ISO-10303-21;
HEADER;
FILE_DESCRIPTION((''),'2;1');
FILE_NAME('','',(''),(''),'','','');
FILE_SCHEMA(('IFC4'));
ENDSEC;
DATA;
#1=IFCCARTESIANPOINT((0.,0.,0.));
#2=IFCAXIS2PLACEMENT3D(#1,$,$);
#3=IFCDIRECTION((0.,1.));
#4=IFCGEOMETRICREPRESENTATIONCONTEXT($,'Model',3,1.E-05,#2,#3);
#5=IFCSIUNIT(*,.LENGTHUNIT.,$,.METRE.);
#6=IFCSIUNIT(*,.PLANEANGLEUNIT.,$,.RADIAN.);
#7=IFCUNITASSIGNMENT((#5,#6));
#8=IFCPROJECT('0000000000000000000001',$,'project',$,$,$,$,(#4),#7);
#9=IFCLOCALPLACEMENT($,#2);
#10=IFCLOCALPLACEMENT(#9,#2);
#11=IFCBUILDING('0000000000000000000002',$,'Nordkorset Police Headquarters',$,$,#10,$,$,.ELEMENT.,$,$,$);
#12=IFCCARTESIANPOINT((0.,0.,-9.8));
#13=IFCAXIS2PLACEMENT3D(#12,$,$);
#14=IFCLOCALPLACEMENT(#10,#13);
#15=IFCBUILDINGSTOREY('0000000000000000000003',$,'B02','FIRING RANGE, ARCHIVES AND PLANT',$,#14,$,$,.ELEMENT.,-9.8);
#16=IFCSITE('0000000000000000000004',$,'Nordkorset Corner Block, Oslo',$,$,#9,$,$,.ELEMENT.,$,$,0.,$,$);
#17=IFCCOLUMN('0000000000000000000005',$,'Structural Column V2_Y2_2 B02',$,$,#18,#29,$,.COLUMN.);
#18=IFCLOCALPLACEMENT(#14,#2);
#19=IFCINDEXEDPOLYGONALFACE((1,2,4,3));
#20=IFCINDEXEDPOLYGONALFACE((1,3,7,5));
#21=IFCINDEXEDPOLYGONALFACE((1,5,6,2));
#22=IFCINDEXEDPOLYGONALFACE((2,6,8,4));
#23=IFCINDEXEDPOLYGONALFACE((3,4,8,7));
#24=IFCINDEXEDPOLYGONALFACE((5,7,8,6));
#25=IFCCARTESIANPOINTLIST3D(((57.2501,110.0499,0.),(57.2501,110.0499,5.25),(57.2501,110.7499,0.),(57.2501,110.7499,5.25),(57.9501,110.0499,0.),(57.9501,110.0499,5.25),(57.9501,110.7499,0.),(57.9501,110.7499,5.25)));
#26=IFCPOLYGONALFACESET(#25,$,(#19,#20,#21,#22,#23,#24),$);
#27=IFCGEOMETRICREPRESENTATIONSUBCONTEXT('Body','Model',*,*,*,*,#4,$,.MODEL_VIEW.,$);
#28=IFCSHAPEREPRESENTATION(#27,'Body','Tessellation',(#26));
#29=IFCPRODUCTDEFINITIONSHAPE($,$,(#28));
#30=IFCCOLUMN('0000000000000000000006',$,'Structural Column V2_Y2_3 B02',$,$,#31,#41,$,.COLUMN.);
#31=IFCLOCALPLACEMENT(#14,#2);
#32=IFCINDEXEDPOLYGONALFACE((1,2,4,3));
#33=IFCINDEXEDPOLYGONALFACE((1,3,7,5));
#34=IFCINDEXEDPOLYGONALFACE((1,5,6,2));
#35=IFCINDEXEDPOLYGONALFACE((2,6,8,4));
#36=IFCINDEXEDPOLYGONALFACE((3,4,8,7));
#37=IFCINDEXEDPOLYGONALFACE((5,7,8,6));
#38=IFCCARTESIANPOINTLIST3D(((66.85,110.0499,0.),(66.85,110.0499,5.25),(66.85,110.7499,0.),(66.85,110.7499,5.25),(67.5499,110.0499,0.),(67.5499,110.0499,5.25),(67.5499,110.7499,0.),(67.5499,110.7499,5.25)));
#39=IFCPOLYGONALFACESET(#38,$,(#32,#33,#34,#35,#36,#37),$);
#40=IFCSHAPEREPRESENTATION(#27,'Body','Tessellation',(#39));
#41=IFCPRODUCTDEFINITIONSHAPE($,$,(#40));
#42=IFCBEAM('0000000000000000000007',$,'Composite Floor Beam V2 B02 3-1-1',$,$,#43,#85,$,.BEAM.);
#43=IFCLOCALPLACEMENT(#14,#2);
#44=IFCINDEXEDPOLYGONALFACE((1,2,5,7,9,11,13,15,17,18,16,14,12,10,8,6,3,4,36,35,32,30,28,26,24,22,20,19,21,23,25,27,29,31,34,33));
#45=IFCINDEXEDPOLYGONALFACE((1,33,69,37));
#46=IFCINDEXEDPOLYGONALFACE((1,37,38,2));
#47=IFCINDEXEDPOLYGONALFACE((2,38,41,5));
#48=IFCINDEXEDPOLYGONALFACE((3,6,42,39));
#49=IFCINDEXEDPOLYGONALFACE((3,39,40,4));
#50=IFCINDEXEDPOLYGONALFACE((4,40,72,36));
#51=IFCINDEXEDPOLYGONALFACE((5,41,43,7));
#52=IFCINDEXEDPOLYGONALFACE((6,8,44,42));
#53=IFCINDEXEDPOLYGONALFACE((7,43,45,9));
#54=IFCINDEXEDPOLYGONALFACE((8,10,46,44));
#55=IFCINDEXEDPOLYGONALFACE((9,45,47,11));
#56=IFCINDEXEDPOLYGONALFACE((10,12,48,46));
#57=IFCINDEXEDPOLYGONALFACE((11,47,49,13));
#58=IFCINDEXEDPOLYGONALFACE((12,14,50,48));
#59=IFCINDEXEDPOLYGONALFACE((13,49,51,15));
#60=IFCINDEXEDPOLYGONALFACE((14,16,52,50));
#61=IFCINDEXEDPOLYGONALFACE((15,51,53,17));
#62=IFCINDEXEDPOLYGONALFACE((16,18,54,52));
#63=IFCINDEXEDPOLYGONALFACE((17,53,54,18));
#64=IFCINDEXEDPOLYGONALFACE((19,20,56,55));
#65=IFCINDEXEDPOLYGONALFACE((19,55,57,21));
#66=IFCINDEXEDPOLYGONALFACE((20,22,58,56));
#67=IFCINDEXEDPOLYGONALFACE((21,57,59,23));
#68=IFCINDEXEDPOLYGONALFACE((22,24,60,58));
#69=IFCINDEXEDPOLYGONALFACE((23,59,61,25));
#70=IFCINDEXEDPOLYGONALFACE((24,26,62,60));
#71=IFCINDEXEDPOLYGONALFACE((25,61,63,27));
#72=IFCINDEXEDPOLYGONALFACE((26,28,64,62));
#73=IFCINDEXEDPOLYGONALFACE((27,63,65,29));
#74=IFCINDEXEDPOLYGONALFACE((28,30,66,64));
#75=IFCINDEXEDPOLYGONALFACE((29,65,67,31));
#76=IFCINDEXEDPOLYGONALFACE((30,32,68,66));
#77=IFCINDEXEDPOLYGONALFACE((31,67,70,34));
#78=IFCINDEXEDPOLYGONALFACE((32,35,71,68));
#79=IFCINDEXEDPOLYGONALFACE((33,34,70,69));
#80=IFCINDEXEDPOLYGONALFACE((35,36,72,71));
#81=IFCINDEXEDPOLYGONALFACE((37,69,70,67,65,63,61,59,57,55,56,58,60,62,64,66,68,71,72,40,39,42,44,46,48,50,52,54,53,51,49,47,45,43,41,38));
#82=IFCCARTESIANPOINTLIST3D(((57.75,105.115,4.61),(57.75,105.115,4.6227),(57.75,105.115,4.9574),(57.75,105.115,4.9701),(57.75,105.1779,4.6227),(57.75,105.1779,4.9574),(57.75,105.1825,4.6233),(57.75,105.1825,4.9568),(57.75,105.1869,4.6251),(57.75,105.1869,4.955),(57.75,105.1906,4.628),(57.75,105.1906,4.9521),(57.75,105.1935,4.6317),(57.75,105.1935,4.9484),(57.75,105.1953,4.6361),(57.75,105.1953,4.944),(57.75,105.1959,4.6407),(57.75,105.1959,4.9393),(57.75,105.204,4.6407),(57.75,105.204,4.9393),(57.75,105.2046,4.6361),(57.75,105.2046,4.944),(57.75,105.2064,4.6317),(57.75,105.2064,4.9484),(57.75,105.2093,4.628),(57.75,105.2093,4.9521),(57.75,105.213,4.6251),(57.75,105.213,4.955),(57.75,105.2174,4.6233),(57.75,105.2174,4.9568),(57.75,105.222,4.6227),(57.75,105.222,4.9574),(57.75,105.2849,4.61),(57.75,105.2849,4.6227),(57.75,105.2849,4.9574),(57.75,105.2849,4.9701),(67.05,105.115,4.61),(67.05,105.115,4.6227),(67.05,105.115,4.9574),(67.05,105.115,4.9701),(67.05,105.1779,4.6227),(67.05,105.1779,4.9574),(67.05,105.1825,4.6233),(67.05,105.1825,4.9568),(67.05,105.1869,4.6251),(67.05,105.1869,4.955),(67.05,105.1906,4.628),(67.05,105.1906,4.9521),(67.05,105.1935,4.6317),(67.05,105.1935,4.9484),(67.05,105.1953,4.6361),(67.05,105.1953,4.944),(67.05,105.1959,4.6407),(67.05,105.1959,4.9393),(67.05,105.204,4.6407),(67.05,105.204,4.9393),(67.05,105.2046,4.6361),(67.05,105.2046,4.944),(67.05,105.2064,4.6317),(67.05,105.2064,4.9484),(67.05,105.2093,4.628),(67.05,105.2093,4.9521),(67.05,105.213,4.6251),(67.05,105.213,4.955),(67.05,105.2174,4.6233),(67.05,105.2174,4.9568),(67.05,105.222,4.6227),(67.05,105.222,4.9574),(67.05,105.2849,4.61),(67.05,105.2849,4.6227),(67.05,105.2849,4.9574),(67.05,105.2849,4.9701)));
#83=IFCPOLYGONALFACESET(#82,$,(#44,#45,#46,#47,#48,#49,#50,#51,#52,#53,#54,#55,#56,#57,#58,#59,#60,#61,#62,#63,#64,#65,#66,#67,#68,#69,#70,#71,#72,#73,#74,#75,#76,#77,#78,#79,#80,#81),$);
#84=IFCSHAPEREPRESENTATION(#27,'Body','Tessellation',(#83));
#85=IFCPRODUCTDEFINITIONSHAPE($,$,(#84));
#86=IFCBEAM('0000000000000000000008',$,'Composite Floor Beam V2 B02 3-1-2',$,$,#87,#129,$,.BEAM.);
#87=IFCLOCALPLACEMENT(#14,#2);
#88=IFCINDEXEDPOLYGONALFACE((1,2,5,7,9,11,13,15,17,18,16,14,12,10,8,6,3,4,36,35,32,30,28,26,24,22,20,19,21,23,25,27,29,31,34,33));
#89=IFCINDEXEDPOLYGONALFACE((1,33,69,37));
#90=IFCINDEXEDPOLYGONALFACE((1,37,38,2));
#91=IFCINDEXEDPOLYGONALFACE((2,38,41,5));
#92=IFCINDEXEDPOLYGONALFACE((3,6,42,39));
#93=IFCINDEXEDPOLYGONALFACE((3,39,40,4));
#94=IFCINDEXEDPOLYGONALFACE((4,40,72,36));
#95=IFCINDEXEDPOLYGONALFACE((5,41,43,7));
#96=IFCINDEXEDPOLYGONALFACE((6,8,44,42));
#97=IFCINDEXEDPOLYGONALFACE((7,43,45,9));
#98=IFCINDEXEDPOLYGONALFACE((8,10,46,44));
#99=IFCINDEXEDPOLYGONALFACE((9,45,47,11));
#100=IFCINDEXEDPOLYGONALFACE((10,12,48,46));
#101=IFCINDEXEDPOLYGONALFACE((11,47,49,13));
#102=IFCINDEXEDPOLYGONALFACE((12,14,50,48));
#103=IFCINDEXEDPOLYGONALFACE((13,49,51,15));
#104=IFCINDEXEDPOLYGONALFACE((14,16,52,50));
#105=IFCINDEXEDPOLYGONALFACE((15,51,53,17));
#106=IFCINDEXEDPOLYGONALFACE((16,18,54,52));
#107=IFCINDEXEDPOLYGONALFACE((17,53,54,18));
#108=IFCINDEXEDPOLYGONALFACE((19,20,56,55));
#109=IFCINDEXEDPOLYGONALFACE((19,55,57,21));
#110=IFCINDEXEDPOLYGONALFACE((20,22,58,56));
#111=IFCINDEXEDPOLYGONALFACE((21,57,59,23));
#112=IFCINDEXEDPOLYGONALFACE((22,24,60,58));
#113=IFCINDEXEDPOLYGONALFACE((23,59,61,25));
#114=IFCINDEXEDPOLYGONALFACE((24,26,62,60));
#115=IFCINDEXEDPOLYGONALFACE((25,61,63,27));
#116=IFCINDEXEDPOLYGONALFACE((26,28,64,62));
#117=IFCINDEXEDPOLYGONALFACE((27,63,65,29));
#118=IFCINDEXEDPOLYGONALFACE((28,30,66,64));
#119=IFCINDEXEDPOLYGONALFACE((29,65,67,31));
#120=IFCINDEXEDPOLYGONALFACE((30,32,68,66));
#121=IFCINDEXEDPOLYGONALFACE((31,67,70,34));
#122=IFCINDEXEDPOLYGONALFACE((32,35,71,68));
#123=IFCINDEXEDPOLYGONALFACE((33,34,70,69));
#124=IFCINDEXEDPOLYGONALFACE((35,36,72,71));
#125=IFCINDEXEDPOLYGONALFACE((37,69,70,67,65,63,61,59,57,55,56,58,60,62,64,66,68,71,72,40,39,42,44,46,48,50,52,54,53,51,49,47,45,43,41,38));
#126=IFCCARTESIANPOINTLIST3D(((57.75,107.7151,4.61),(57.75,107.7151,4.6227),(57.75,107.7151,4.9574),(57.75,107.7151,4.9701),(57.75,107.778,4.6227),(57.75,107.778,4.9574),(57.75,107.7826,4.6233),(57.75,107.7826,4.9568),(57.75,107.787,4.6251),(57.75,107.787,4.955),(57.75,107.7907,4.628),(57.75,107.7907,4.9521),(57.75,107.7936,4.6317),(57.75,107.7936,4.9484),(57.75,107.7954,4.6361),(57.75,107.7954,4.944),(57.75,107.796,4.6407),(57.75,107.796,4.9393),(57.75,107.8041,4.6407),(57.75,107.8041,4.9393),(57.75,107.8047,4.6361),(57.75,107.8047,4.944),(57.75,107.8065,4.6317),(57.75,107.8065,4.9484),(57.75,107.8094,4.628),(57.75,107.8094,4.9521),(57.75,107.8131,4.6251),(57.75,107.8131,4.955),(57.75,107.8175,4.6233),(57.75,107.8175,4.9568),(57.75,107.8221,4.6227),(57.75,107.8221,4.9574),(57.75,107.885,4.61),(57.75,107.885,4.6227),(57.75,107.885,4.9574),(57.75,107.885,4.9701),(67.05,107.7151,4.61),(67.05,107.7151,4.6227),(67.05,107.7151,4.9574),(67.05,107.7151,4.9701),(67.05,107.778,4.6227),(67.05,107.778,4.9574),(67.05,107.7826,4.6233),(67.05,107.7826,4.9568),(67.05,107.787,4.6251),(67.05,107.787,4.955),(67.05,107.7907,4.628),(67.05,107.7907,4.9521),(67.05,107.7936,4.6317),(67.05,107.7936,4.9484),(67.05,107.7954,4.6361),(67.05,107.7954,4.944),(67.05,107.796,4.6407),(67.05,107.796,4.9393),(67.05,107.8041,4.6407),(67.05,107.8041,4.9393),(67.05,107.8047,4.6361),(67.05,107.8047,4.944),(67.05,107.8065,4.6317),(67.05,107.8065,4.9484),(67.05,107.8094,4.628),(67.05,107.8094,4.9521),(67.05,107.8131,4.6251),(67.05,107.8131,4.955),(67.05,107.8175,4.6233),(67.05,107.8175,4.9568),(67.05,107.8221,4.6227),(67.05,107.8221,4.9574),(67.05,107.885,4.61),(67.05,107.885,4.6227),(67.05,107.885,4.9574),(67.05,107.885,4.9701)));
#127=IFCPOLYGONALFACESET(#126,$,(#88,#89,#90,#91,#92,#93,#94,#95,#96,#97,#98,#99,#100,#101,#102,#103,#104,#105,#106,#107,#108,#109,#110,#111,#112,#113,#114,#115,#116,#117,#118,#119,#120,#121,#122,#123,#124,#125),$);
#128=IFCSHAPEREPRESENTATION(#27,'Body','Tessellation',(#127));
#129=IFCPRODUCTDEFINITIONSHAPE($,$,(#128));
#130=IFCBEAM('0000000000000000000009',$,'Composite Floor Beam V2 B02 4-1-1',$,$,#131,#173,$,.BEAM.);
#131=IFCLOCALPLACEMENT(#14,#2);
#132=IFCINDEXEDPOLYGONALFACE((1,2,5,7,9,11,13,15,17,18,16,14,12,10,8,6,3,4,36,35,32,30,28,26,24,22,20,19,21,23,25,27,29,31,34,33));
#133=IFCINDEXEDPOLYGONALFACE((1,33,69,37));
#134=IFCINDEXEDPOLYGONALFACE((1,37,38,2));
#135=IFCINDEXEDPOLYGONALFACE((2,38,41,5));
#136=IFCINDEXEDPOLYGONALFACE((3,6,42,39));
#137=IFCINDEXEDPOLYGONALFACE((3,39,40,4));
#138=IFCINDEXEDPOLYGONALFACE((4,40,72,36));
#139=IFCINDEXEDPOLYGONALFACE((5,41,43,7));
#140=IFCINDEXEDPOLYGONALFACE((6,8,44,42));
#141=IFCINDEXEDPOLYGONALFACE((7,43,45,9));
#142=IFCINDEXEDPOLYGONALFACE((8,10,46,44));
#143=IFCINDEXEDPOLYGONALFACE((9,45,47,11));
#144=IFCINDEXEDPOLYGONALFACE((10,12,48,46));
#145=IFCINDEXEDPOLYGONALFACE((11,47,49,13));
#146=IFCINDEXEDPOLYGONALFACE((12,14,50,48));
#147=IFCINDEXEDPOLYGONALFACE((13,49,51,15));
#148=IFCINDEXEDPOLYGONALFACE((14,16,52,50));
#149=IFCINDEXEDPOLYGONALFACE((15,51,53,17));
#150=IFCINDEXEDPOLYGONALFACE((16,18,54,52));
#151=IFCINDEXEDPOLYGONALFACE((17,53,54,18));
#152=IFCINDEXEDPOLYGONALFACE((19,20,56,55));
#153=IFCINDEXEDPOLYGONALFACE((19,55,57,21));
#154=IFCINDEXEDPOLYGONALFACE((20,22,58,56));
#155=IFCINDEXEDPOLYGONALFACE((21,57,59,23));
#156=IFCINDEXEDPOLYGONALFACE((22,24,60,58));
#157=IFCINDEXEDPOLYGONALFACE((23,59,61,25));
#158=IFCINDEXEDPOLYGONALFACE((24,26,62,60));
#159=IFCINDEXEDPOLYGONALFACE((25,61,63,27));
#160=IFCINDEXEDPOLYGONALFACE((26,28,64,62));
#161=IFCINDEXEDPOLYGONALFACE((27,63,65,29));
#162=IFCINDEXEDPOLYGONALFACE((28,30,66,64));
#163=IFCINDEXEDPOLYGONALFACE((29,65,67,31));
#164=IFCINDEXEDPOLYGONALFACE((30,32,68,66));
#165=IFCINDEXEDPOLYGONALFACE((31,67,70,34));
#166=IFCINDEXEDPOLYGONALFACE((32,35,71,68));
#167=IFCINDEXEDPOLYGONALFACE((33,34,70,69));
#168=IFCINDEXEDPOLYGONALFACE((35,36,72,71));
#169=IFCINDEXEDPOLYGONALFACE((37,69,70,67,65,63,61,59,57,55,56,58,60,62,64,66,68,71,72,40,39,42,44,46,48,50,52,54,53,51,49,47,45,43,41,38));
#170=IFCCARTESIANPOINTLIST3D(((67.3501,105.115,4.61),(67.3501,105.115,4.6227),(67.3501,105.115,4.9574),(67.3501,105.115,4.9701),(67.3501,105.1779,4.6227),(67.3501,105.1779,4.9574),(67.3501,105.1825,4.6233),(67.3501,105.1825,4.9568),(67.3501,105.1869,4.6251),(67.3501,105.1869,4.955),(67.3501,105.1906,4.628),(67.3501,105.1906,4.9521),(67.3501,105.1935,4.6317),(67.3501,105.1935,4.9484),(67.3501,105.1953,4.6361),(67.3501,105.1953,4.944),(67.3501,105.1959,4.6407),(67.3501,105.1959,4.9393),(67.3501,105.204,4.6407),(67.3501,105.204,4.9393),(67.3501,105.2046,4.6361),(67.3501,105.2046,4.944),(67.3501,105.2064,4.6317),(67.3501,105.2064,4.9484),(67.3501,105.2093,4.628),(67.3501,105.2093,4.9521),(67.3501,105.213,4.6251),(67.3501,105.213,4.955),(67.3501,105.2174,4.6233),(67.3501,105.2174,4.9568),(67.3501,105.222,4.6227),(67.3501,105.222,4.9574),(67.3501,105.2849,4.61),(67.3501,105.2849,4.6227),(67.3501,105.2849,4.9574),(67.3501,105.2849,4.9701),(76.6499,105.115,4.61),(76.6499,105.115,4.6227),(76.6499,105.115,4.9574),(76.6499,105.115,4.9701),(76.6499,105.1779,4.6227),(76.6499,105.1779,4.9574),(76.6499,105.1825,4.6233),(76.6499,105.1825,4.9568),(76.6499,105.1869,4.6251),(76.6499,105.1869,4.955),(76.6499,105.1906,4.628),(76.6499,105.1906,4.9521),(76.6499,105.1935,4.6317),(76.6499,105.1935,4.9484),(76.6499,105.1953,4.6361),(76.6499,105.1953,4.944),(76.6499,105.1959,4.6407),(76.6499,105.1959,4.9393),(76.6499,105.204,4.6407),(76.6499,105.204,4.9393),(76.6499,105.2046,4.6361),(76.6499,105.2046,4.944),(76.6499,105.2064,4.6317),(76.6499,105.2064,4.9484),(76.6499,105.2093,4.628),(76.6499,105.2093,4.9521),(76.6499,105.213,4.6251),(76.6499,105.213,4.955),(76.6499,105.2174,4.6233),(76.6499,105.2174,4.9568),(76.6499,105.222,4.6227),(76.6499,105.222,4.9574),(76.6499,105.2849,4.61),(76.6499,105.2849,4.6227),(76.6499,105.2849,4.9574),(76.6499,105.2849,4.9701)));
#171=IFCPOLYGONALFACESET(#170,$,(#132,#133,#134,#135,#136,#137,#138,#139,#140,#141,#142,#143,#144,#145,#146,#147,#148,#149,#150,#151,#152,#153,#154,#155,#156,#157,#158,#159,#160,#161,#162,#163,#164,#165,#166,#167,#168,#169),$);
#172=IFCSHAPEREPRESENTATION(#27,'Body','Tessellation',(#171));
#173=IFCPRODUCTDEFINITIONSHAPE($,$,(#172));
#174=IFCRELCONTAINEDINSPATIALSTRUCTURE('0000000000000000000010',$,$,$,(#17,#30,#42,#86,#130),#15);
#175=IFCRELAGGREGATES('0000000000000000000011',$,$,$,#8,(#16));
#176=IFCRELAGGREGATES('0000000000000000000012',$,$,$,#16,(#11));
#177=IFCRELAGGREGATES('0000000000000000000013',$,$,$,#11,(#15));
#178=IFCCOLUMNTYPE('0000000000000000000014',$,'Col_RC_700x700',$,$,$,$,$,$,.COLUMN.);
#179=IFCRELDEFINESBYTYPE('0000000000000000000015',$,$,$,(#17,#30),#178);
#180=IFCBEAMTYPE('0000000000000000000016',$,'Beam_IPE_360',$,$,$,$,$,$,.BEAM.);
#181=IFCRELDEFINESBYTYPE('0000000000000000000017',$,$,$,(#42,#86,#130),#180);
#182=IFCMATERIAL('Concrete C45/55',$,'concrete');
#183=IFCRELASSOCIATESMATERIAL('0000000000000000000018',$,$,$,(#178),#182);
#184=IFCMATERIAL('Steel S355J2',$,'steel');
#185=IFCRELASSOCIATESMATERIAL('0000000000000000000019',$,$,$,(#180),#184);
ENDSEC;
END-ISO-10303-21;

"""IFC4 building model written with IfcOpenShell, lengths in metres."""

from ifc_helpers import new_model, si_unit, direction, frame, origin, origin_2d, place, context, subcontext, project, spatial, rectangle, i_section, extrude, material, material_profile, profile_set, type_object, element, save


model = new_model("IFC4")

# Units and contexts
model_context = context("Model", 3, precision=1e-05, world=origin(), true_north=direction((0.0, 1.0)))
body_context = subcontext(model_context, "Body", "Model", "MODEL_VIEW")
ifc_project = project(units=[si_unit("LENGTHUNIT", "METRE"), si_unit("PLANEANGLEUNIT", "RADIAN")], contexts=[model_context])

# Site, building, storey
site_placement = place(None, origin())
site = spatial("IfcSite", under=ifc_project, at=site_placement, Name="Nordkorset Corner Block, Oslo", CompositionType="ELEMENT", RefElevation=0.0)
building_placement = place(site_placement, origin())
building = spatial("IfcBuilding", under=site, at=building_placement, Name="Nordkorset Police Headquarters", CompositionType="ELEMENT")
storey_placement = place(building_placement, frame((0.0, 0.0, -9.8)))
storey = spatial("IfcBuildingStorey", under=building, at=storey_placement, Name="B02", Description="FIRING RANGE, ARCHIVES AND PLANT", CompositionType="ELEMENT", Elevation=-9.8)

# Columns
ifc_material_1 = material(Name="Concrete C45/55", Category="concrete")
ifc_material_profile_1 = material_profile(ifc_material_1, rectangle(XDim=0.7, YDim=0.7, at=origin_2d()), Name="RC 700x700")
ifc_profile_set_1 = profile_set([ifc_material_profile_1], Name="Concrete C45/55")
column_type = type_object("IfcColumnType", Name="Col_RC_700x700", PredefinedType="COLUMN", material=ifc_profile_set_1)
for number, where, z_axis, x_axis, name in (
    (1, (57.6001, 110.3999, 0.0), (0.0, 0.0, 1.0), (1.0, 0.0, 0.0), "Structural Column V2_Y2_2 B02"),
    (2, (67.2, 110.3999, 0.0), (0.0, 0.0, 1.0), (1.0, 0.0, 0.0), "Structural Column V2_Y2_3 B02"),
):
    element("IfcColumn", number, at=place(storey_placement, frame(where, z_axis=z_axis, x_axis=x_axis)), inside=storey, type_object=column_type, Name=name, PredefinedType="COLUMN", context=body_context, shape_type="SweptSolid", body=[
        extrude(rectangle(XDim=0.7, YDim=0.7, at=origin_2d()), origin(), (0.0, 0.0, 1.0), 5.25),
    ])

# Beams
ifc_material_2 = material(Name="Steel S355J2", Category="steel")
ifc_material_profile_2 = material_profile(ifc_material_2, i_section(OverallWidth=0.1699, OverallDepth=0.3601, WebThickness=0.0081, FlangeThickness=0.0127, FilletRadius=0.0181, at=origin_2d()), Name="IPE 360")
ifc_profile_set_2 = profile_set([ifc_material_profile_2], Name="Steel S355J2")
beam_type_1 = type_object("IfcBeamType", Name="Beam_IPE_360", PredefinedType="BEAM", material=ifc_profile_set_2)
for number, where, z_axis, x_axis, name in (
    (3, (57.75, 105.2, 4.79), (1.0, 0.0, 0.0), (0.0, 1.0, 0.0), "Composite Floor Beam V2 B02 3-1-1"),
    (4, (57.75, 107.8, 4.79), (1.0, 0.0, 0.0), (0.0, 1.0, 0.0), "Composite Floor Beam V2 B02 3-1-2"),
):
    element("IfcBeam", number, at=place(storey_placement, frame(where, z_axis=z_axis, x_axis=x_axis)), inside=storey, type_object=beam_type_1, Name=name, PredefinedType="BEAM", context=body_context, shape_type="SweptSolid", body=[
        extrude(i_section(OverallWidth=0.1699, OverallDepth=0.3601, WebThickness=0.0081, FlangeThickness=0.0127, FilletRadius=0.0181, at=origin_2d()), origin(), (0.0, 0.0, 1.0), 9.3),
    ])
for number, where, z_axis, x_axis, name in (
    (5, (67.3501, 105.2, 4.79), (1.0, 0.0, 0.0), (0.0, 1.0, 0.0), "Composite Floor Beam V2 B02 4-1-1"),
):
    element("IfcBeam", number, at=place(storey_placement, frame(where, z_axis=z_axis, x_axis=x_axis)), inside=storey, type_object=beam_type_1, Name=name, PredefinedType="BEAM", context=body_context, shape_type="SweptSolid", body=[
        extrude(i_section(OverallWidth=0.1699, OverallDepth=0.3601, WebThickness=0.0081, FlangeThickness=0.0127, FilletRadius=0.0181, at=origin_2d()), origin(), (0.0, 0.0, 1.0), 9.2998),
    ])

save(model, "model.ifc")
